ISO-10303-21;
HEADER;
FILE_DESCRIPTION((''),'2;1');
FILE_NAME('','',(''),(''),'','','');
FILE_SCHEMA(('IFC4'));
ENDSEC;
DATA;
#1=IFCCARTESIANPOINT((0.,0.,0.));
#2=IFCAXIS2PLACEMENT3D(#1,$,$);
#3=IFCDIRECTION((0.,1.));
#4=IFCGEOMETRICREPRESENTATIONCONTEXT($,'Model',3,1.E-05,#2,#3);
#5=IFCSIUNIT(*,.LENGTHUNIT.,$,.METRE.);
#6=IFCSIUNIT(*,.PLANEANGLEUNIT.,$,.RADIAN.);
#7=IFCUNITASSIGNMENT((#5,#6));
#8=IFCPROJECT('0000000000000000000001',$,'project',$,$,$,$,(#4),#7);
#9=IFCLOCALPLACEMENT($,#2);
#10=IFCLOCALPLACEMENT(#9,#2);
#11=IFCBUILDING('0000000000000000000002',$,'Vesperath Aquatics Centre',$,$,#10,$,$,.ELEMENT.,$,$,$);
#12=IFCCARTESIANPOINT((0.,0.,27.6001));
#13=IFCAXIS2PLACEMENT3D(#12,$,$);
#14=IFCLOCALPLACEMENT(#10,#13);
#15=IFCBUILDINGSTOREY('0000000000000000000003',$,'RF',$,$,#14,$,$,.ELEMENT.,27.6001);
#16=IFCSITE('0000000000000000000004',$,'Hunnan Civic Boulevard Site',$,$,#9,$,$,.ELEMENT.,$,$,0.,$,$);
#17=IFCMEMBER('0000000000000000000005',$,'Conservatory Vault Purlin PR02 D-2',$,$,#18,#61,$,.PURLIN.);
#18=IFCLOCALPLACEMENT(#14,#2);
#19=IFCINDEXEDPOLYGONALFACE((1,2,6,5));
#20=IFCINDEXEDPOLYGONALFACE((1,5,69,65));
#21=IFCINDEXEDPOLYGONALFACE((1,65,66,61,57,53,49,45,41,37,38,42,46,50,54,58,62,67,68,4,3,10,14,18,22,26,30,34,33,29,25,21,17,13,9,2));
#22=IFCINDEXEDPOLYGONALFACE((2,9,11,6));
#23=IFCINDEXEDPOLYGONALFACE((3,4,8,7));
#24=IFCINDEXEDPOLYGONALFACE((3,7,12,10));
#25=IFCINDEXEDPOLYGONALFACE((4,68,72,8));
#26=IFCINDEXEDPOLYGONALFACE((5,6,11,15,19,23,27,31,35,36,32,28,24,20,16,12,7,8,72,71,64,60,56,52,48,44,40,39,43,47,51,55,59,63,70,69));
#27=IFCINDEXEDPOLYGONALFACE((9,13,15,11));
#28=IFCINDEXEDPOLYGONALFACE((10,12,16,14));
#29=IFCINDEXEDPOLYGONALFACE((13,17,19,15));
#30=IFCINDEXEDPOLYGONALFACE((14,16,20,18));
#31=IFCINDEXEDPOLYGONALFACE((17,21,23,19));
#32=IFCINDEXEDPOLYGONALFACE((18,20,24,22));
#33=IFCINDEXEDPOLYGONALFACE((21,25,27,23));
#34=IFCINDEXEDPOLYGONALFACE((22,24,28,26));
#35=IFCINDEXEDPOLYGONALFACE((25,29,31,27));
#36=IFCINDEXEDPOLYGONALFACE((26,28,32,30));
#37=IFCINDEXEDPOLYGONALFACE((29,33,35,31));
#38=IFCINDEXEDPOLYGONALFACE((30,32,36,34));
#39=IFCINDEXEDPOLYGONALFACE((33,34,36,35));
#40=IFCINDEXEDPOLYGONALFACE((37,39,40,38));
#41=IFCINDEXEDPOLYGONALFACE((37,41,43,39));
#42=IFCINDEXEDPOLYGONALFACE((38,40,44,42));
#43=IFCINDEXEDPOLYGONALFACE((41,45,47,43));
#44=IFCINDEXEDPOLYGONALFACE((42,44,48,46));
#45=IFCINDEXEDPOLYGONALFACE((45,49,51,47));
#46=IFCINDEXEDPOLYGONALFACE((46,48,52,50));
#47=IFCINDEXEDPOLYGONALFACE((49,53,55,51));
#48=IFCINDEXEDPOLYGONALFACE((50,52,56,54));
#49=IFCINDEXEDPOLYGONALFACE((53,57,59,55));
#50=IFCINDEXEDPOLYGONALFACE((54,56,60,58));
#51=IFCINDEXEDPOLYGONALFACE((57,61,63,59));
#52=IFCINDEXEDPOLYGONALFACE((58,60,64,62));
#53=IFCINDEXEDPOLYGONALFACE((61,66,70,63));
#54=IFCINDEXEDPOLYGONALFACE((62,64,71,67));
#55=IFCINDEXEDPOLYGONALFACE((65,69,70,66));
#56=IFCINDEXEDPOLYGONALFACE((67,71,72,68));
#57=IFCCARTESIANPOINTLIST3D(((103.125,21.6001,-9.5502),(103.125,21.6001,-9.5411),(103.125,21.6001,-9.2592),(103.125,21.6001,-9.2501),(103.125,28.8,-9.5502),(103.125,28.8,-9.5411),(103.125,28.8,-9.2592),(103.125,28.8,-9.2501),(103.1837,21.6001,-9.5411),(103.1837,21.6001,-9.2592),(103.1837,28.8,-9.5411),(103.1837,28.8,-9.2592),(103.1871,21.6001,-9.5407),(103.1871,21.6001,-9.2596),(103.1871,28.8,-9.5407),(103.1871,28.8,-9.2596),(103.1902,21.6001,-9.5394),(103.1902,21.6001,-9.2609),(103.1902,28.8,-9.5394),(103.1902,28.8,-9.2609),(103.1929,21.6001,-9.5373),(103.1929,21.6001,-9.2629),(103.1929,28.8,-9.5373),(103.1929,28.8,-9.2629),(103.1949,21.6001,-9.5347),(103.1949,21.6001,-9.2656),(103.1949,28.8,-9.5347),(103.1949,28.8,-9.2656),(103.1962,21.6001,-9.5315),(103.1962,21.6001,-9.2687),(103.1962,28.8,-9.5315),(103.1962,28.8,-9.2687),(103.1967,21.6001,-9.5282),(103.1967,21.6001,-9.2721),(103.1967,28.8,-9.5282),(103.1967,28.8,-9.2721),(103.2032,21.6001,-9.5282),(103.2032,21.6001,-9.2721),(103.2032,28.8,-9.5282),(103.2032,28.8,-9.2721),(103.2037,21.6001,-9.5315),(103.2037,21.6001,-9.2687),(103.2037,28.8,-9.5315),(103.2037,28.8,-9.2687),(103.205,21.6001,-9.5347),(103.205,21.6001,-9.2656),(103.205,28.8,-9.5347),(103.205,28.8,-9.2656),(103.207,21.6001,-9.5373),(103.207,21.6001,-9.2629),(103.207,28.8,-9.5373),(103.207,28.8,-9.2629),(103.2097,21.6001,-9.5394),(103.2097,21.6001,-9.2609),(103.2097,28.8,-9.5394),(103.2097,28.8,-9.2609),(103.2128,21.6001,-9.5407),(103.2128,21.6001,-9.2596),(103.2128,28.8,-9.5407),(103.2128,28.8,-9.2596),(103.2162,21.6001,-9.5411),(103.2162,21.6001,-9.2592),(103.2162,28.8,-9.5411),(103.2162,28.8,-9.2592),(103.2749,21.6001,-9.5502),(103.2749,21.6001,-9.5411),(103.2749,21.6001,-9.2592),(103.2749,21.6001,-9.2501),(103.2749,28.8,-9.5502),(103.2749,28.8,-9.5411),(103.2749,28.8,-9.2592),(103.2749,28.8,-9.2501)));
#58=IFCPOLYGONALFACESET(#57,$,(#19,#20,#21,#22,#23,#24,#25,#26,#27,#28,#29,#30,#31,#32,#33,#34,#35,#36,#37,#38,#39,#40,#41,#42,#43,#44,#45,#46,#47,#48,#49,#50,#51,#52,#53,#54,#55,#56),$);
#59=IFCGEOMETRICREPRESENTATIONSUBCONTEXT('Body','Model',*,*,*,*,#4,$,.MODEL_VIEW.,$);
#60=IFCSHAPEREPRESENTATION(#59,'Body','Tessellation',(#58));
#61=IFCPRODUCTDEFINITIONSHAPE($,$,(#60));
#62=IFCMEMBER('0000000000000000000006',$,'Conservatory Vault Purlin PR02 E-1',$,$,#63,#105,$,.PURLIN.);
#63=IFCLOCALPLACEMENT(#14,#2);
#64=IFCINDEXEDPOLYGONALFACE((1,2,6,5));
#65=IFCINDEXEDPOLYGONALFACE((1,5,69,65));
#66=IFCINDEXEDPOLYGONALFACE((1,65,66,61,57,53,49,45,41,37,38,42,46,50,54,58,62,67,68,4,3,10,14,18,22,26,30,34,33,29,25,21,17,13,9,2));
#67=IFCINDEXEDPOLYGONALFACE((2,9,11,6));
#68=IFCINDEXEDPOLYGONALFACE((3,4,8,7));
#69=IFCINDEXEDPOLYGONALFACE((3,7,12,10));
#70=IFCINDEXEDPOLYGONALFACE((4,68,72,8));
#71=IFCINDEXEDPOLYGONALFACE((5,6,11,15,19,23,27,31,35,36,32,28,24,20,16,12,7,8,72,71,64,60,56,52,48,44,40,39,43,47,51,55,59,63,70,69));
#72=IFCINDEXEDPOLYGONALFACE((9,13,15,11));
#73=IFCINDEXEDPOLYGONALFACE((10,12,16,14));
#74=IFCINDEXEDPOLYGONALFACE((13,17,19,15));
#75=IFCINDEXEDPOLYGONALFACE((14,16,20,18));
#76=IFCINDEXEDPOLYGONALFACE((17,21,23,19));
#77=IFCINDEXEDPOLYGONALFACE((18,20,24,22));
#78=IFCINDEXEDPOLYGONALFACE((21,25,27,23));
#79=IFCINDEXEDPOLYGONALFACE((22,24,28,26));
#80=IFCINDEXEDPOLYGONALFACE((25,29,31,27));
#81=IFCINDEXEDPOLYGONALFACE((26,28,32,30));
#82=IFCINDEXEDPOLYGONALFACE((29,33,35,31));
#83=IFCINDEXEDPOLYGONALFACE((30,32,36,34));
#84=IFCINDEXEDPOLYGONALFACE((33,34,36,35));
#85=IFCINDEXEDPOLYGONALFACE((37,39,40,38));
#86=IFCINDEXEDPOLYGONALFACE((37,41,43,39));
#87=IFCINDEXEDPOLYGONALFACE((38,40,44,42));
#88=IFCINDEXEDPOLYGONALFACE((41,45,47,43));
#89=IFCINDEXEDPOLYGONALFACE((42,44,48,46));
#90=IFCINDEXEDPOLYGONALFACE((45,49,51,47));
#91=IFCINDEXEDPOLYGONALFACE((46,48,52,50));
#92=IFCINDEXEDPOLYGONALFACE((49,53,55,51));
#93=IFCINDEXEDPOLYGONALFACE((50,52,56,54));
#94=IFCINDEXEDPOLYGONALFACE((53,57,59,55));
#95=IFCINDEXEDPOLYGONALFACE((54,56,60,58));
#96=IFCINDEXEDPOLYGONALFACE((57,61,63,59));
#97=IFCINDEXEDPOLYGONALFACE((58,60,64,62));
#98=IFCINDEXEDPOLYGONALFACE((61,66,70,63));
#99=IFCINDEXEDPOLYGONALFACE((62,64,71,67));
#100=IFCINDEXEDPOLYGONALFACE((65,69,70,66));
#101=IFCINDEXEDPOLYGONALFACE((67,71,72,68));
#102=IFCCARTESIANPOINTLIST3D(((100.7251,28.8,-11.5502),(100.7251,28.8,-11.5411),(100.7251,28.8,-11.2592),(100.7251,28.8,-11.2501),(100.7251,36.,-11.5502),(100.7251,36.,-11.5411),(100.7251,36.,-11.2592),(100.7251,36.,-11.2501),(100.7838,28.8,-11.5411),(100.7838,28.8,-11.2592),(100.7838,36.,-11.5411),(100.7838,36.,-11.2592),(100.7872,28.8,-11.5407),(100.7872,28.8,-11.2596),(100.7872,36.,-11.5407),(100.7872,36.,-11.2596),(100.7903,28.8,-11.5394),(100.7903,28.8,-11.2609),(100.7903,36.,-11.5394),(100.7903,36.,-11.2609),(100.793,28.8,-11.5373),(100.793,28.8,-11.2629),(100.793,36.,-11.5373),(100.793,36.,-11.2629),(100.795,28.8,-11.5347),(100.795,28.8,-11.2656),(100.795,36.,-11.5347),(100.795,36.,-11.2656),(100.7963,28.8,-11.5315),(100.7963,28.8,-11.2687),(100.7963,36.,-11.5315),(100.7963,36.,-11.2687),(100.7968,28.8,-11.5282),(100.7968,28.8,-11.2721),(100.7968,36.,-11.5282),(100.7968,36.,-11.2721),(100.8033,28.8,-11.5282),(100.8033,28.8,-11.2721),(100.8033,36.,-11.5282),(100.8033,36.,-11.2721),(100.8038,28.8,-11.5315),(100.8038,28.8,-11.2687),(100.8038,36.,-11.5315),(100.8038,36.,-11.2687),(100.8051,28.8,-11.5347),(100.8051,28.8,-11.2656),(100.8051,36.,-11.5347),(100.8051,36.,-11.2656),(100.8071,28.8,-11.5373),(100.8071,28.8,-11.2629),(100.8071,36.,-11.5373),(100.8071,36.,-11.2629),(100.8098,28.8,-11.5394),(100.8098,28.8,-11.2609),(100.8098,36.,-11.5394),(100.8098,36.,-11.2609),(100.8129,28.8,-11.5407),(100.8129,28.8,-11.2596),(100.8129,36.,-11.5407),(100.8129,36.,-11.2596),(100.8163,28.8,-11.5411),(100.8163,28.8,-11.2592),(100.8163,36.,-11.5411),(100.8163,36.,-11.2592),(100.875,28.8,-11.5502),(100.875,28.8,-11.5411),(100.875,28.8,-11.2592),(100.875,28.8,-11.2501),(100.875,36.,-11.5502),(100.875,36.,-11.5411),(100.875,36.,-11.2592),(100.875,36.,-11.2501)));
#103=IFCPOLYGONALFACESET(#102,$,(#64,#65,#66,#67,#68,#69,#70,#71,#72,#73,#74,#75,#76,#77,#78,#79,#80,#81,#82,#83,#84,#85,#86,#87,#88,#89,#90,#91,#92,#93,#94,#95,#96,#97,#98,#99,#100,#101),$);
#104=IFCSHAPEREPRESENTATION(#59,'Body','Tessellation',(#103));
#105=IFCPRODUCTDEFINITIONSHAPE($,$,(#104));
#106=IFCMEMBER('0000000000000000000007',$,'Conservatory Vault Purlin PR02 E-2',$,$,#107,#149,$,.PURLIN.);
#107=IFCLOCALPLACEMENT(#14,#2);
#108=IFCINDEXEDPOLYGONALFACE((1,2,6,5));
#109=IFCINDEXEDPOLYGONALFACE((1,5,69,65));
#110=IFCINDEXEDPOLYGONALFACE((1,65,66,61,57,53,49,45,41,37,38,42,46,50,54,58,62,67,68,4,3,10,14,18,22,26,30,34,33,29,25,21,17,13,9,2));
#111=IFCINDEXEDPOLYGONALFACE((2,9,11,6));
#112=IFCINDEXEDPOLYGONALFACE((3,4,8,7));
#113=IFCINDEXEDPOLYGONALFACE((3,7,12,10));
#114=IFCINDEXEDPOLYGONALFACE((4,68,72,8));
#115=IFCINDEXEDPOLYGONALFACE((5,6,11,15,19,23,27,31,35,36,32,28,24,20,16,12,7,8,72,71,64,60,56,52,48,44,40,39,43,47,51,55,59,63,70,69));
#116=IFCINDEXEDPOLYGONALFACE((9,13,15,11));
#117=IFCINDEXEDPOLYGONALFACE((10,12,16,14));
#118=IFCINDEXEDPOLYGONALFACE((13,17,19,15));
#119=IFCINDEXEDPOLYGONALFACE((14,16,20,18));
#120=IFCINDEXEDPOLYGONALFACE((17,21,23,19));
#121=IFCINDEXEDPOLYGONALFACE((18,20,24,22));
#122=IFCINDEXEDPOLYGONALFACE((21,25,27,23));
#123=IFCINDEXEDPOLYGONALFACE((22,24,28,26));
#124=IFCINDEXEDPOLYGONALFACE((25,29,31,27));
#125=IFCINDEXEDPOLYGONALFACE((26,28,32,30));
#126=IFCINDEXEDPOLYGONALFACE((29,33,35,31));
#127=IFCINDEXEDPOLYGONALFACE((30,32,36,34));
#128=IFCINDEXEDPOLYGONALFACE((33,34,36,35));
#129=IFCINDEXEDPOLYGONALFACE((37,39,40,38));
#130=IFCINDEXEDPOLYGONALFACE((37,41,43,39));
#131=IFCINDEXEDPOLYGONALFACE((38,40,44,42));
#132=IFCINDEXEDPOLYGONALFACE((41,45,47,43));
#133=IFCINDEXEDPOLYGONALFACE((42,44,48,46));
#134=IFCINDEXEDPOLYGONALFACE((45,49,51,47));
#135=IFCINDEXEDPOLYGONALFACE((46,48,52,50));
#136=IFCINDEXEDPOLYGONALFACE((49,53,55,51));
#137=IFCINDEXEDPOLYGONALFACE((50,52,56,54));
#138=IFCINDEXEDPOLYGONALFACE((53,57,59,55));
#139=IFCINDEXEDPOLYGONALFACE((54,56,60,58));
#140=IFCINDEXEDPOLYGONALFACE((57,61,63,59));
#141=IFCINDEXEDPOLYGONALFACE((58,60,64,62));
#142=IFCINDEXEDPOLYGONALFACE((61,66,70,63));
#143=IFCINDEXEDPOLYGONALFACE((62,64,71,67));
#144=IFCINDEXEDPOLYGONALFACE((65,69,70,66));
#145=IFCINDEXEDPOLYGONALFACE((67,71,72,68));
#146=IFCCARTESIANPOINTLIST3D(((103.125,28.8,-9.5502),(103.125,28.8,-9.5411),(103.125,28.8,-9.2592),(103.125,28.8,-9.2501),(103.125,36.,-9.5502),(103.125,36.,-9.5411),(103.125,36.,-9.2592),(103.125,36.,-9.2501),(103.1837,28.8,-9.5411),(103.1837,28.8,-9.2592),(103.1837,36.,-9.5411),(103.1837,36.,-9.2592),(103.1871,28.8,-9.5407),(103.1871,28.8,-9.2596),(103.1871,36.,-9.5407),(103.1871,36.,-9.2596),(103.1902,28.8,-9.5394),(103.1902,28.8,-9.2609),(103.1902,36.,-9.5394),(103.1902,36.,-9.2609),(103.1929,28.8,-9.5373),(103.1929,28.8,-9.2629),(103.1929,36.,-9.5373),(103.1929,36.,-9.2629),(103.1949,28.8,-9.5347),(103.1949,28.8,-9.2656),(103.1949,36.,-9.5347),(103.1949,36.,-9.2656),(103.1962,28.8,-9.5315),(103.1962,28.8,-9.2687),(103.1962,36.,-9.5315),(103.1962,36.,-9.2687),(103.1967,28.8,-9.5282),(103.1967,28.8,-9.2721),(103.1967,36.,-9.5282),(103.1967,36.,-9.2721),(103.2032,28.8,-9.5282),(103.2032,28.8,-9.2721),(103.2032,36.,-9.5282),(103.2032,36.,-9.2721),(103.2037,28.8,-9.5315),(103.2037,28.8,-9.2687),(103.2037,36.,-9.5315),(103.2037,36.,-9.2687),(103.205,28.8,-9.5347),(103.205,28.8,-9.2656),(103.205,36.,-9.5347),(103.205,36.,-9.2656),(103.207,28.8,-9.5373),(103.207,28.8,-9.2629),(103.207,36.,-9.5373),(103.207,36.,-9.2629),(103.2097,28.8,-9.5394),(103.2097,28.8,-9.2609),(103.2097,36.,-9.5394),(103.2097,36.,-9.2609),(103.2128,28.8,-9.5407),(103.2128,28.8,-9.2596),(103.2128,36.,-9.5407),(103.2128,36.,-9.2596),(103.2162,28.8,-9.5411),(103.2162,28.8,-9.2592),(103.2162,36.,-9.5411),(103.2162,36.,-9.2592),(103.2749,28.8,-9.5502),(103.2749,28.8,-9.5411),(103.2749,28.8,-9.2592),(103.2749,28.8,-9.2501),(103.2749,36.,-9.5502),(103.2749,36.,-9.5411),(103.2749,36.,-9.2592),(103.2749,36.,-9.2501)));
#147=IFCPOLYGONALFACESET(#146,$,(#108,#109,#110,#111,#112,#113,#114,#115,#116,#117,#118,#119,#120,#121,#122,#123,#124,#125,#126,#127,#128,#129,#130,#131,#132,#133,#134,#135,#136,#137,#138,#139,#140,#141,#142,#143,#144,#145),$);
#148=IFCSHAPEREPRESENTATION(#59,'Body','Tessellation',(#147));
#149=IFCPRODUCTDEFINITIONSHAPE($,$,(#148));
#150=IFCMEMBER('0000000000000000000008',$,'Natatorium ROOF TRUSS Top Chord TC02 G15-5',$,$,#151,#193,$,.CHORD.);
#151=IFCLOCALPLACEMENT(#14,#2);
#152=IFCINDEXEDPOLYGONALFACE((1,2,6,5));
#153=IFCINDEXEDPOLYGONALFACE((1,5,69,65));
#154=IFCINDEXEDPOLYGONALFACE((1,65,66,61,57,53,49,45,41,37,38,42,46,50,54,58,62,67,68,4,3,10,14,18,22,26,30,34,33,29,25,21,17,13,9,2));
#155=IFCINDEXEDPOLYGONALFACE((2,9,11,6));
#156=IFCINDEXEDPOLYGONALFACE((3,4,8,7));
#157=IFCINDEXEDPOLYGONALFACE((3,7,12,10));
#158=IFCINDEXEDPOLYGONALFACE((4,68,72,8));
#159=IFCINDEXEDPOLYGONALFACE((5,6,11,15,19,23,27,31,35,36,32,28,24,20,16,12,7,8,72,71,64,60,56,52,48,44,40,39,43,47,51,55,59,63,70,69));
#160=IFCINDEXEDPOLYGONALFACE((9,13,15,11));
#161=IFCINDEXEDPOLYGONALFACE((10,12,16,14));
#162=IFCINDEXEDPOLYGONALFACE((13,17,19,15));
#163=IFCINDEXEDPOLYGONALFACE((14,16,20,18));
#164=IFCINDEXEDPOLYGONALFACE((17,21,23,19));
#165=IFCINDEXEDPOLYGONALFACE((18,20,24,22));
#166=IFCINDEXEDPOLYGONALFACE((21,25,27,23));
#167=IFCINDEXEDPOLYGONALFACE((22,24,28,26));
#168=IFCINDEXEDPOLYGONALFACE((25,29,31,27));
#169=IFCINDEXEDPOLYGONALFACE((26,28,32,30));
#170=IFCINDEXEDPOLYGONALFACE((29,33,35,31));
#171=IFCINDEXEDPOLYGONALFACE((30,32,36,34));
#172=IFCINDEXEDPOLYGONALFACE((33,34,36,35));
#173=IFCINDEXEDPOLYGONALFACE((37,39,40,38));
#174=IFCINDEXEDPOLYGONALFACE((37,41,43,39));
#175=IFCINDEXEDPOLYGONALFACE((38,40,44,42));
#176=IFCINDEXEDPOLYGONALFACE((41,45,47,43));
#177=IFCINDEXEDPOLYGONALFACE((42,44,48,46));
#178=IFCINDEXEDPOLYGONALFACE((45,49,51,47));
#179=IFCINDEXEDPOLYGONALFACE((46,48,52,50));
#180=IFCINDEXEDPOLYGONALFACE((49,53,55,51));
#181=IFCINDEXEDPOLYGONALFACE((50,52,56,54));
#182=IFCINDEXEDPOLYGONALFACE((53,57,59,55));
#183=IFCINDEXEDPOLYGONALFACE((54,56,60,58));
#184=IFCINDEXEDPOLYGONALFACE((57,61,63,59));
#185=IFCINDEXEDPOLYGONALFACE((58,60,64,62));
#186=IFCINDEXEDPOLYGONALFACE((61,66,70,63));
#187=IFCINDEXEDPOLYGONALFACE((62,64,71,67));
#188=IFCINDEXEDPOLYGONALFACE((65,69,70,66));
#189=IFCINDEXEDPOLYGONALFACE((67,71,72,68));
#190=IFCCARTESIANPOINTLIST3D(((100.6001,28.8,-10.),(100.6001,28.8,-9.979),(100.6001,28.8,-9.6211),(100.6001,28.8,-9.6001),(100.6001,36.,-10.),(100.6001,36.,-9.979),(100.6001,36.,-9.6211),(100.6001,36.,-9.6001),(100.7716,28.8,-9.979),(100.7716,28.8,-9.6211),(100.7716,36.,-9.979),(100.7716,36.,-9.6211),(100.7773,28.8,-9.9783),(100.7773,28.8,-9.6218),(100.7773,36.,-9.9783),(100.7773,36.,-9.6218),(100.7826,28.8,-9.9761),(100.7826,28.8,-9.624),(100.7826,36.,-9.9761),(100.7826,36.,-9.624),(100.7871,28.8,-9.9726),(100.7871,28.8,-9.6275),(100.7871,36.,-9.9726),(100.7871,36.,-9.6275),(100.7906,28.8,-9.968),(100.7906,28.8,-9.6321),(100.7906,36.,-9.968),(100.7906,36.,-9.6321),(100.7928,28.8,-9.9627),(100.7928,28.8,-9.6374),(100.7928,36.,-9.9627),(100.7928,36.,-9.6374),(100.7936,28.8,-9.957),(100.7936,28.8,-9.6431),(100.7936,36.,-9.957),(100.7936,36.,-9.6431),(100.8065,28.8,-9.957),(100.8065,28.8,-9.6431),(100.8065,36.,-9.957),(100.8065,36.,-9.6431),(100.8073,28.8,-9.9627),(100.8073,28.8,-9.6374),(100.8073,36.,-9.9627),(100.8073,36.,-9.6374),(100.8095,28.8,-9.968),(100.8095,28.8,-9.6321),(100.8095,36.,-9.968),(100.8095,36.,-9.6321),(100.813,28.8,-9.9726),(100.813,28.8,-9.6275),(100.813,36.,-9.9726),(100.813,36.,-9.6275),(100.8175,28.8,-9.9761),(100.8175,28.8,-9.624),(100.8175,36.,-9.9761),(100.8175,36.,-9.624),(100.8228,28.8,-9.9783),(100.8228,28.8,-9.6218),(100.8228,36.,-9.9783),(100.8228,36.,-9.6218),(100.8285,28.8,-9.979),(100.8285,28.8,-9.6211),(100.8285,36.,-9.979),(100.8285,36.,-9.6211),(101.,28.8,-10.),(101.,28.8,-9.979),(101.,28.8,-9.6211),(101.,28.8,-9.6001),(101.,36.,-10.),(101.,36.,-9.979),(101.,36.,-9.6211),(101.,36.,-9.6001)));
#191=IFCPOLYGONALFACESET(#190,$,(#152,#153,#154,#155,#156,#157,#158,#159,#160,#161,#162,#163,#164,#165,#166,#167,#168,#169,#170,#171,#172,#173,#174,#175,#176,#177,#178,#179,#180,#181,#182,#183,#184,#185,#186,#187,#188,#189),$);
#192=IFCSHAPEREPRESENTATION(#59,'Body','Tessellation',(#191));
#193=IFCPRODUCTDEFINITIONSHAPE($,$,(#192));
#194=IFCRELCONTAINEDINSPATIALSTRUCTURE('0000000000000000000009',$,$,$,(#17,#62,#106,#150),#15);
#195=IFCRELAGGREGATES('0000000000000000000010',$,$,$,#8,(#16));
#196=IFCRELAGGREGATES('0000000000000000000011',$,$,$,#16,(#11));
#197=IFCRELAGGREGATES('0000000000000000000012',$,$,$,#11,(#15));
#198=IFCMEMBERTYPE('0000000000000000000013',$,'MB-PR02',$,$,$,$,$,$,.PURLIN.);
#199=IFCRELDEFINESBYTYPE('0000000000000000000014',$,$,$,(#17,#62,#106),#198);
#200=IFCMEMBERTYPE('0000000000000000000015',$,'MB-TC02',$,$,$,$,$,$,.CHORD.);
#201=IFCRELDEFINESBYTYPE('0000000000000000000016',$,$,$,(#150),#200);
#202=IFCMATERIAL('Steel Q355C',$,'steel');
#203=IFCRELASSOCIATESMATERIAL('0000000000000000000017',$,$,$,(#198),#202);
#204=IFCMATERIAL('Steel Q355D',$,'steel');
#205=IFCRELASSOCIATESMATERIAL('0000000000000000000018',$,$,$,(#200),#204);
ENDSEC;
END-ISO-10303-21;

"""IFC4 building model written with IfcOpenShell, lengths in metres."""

from ifc_helpers import new_model, si_unit, direction, frame, origin, origin_2d, place, context, subcontext, project, spatial, i_section, extrude, material, material_profile, profile_set, type_object, element, save


model = new_model("IFC4")

# Units and contexts
model_context = context("Model", 3, precision=1e-05, world=origin(), true_north=direction((0.0, 1.0)))
body_context = subcontext(model_context, "Body", "Model", "MODEL_VIEW")
ifc_project = project(units=[si_unit("LENGTHUNIT", "METRE"), si_unit("PLANEANGLEUNIT", "RADIAN")], contexts=[model_context])

# Site, building, storey
site_placement = place(None, origin())
site = spatial("IfcSite", under=ifc_project, at=site_placement, Name="Hunnan Civic Boulevard Site", CompositionType="ELEMENT", RefElevation=0.0)
building_placement = place(site_placement, origin())
building = spatial("IfcBuilding", under=site, at=building_placement, Name="Vesperath Aquatics Centre", CompositionType="ELEMENT")
storey_placement = place(building_placement, frame((0.0, 0.0, 27.6001)))
storey = spatial("IfcBuildingStorey", under=building, at=storey_placement, Name="RF", CompositionType="ELEMENT", Elevation=27.6001)

# Shared definitions
ifc_material_1 = material(Name="Steel Q355D", Category="steel")

# Members
ifc_material_2 = material(Name="Steel Q355C", Category="steel")
ifc_material_profile_1 = material_profile(ifc_material_2, i_section(OverallWidth=0.1499, OverallDepth=0.3, WebThickness=0.0066, FlangeThickness=0.009, FilletRadius=0.0129, at=origin_2d()), Name="HN 300x150x6.5x9")
ifc_profile_set_1 = profile_set([ifc_material_profile_1], Name="Steel Q355C")
member_type_1 = type_object("IfcMemberType", Name="MB-PR02", PredefinedType="PURLIN", material=ifc_profile_set_1)
for number, where, z_axis, x_axis, name in (
    (1, (103.2, 21.6001, -9.4001), (0.0, 1.0, 0.0), (-1.0, 0.0, 0.0), "Conservatory Vault Purlin PR02 D-2"),
    (2, (100.8, 28.8, -11.4001), (0.0, 1.0, 0.0), (-1.0, 0.0, 0.0), "Conservatory Vault Purlin PR02 E-1"),
    (3, (103.2, 28.8, -9.4001), (0.0, 1.0, 0.0), (-1.0, 0.0, 0.0), "Conservatory Vault Purlin PR02 E-2"),
):
    element("IfcMember", number, at=place(storey_placement, frame(where, z_axis=z_axis, x_axis=x_axis)), inside=storey, type_object=member_type_1, Name=name, PredefinedType="PURLIN", context=body_context, shape_type="SweptSolid", body=[
        extrude(i_section(OverallWidth=0.1499, OverallDepth=0.3, WebThickness=0.0066, FlangeThickness=0.009, FilletRadius=0.0129, at=origin_2d()), origin(), (0.0, 0.0, 1.0), 7.2),
    ])
ifc_material_profile_2 = material_profile(ifc_material_1, i_section(OverallWidth=0.3999, OverallDepth=0.3999, WebThickness=0.0129, FlangeThickness=0.021, FilletRadius=0.022, at=origin_2d()), Name="HW 400x400x13x21")
ifc_profile_set_2 = profile_set([ifc_material_profile_2], Name="Steel Q355D")
member_type_2 = type_object("IfcMemberType", Name="MB-TC02", PredefinedType="CHORD", material=ifc_profile_set_2)
member_1_placement = place(storey_placement, frame((100.8, 28.8, -9.8), z_axis=(0.0, 1.0, 0.0), x_axis=(-1.0, 0.0, 0.0)))
element("IfcMember", 4, at=member_1_placement, inside=storey, type_object=member_type_2, Name="Natatorium ROOF TRUSS Top Chord TC02 G15-5", PredefinedType="CHORD", context=body_context, shape_type="SweptSolid", body=[
    extrude(i_section(OverallWidth=0.3999, OverallDepth=0.3999, WebThickness=0.0129, FlangeThickness=0.021, FilletRadius=0.022, at=origin_2d()), origin(), (0.0, 0.0, 1.0), 7.2),
])

save(model, "model.ifc")
